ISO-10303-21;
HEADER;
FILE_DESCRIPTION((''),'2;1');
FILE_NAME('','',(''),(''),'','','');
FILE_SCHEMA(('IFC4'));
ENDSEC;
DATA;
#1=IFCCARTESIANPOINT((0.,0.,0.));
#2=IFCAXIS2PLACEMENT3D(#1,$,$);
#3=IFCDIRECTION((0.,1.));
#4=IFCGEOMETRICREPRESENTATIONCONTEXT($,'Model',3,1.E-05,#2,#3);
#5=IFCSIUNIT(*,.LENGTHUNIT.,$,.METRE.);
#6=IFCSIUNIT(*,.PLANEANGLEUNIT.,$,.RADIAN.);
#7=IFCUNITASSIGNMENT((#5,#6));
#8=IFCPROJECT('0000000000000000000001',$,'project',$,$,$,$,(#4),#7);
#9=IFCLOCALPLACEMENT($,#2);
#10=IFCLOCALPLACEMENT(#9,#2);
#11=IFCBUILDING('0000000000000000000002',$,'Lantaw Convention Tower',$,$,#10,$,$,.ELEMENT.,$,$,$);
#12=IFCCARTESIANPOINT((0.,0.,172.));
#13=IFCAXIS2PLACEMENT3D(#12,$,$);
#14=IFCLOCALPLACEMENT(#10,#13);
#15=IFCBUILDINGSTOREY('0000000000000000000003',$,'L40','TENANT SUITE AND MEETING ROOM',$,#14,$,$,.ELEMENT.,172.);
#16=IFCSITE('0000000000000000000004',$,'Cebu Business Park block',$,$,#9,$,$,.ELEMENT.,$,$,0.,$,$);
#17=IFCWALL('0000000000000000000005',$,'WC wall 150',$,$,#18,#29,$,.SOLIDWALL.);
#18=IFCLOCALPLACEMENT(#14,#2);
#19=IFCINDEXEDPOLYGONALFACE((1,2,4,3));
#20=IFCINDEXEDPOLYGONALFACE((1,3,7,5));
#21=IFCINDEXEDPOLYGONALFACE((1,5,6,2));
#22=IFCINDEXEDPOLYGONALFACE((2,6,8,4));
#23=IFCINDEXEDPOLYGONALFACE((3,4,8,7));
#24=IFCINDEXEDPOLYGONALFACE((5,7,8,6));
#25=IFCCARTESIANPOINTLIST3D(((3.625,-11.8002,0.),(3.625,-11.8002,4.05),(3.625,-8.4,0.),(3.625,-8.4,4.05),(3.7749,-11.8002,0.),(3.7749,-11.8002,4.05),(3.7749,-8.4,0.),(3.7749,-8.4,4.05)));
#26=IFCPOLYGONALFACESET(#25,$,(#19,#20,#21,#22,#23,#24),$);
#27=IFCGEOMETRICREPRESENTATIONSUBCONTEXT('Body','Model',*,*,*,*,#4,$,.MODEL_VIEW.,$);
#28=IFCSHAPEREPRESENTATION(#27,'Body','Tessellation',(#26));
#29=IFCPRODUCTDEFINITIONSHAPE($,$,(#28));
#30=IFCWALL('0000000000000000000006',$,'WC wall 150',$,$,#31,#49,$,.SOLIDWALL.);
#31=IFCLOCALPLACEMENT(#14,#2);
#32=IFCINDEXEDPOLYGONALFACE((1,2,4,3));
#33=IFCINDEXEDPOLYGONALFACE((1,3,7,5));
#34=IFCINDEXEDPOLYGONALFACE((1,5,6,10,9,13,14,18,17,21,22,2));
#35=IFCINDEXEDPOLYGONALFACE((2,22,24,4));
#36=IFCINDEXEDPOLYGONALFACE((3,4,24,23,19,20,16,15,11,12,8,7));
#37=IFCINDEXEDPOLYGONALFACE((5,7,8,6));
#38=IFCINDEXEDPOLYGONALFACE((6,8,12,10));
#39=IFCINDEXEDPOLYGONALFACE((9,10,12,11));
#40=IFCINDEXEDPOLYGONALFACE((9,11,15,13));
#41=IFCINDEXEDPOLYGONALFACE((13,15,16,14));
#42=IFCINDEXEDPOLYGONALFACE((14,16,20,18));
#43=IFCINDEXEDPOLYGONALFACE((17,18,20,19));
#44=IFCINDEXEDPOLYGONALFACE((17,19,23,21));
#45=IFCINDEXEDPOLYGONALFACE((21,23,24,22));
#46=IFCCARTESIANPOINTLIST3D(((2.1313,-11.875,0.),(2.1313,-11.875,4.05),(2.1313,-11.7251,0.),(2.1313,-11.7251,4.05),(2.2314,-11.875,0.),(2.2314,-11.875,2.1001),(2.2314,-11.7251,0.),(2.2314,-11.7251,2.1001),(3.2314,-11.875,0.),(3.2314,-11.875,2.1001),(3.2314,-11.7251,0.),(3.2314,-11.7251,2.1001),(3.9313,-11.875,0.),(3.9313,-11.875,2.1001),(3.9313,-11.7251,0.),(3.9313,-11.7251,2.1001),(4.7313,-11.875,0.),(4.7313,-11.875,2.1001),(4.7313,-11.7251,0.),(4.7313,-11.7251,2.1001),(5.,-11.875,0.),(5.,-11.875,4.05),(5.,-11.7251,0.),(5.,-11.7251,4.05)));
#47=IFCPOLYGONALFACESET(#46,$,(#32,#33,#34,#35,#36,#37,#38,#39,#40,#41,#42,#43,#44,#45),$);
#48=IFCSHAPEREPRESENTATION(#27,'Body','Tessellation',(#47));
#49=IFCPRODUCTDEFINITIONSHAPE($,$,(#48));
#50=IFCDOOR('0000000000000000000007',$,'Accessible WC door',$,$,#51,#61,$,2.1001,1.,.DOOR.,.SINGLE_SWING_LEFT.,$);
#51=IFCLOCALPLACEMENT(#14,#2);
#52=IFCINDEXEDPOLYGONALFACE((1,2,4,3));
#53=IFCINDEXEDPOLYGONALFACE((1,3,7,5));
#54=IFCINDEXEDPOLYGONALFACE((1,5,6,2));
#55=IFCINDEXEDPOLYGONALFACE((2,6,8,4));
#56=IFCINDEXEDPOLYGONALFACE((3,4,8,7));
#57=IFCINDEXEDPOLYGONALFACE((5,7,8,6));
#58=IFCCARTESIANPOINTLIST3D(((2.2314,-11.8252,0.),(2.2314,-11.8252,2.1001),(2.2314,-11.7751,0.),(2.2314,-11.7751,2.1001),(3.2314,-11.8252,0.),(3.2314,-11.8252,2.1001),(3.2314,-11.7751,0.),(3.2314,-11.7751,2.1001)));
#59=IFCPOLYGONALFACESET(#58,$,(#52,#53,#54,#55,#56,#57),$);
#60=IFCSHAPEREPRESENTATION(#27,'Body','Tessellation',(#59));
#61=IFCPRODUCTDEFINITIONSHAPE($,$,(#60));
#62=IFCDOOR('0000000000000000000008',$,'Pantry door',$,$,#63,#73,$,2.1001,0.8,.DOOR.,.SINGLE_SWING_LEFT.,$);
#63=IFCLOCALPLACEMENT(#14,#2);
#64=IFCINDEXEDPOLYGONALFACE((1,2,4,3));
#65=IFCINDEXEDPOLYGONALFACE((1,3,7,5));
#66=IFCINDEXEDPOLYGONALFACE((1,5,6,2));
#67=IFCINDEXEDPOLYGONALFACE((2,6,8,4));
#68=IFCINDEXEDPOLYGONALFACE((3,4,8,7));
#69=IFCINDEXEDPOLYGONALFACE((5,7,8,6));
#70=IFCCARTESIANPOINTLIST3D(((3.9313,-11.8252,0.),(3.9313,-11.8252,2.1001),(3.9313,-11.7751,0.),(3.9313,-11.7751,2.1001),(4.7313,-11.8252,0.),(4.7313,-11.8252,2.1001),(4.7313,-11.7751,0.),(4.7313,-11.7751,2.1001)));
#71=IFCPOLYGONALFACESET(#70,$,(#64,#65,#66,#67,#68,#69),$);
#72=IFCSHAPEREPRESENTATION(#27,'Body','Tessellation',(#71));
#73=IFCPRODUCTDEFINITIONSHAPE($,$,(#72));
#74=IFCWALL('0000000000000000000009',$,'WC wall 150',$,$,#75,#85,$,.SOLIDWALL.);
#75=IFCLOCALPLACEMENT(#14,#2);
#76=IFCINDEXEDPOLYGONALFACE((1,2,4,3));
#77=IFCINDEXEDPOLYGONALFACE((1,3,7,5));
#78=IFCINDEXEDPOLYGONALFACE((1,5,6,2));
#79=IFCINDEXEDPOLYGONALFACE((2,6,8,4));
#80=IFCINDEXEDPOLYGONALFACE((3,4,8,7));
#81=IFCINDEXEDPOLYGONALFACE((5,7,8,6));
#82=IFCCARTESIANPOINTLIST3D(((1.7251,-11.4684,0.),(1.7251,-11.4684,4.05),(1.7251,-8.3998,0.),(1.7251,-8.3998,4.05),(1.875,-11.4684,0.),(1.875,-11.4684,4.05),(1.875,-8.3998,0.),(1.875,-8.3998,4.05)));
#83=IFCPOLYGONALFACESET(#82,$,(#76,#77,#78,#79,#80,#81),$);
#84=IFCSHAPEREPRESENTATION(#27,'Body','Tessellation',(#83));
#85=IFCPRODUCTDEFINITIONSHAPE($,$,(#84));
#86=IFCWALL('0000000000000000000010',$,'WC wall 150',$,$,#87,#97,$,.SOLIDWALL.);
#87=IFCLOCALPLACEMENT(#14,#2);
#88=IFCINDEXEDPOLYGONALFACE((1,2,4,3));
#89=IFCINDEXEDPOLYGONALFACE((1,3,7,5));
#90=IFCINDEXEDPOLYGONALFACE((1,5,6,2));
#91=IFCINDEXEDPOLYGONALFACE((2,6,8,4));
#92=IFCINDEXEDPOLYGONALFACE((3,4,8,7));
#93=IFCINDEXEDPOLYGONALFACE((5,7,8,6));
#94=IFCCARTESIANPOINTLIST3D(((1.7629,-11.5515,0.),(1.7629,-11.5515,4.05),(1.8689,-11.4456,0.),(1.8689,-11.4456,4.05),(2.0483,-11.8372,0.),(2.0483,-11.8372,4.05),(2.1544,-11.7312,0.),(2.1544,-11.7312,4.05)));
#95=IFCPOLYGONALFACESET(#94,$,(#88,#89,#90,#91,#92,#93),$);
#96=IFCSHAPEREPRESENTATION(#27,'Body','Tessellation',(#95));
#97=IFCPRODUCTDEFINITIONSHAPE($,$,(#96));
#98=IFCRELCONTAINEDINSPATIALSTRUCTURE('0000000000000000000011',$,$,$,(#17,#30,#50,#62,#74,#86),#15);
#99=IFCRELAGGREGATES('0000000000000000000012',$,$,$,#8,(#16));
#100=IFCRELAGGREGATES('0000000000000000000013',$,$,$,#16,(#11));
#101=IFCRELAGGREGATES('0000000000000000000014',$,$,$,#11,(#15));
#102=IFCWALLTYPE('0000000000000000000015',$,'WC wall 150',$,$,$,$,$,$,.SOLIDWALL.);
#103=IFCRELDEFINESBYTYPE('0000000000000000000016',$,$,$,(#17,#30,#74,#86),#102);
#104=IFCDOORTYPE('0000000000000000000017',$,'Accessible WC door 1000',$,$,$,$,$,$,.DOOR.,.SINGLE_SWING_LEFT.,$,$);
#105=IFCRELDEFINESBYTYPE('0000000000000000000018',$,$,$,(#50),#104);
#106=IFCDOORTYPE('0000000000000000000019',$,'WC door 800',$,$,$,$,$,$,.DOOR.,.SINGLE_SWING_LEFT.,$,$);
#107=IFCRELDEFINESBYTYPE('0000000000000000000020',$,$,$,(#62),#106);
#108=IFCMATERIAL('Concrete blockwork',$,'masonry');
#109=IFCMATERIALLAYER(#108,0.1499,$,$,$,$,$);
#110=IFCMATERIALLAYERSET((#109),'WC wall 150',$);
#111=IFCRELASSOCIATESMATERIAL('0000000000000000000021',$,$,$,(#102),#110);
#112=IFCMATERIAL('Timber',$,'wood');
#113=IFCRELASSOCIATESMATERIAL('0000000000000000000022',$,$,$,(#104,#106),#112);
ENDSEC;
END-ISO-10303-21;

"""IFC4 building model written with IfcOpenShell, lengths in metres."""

from ifc_helpers import new_model, si_unit, direction, frame, frame_2d, origin, place, context, subcontext, project, spatial, rectangle, extrude, material, layer, layer_set, type_object, element, fill, save


model = new_model("IFC4")

# Units and contexts
model_context = context("Model", 3, precision=1e-05, world=origin(), true_north=direction((0.0, 1.0)))
body_context = subcontext(model_context, "Body", "Model", "MODEL_VIEW")
ifc_project = project(units=[si_unit("LENGTHUNIT", "METRE"), si_unit("PLANEANGLEUNIT", "RADIAN")], contexts=[model_context])

# Site, building, storey
site_placement = place(None, origin())
site = spatial("IfcSite", under=ifc_project, at=site_placement, Name="Cebu Business Park block", CompositionType="ELEMENT", RefElevation=0.0)
building_placement = place(site_placement, origin())
building = spatial("IfcBuilding", under=site, at=building_placement, Name="Lantaw Convention Tower", CompositionType="ELEMENT")
storey_placement = place(building_placement, frame((0.0, 0.0, 172.0)))
storey = spatial("IfcBuildingStorey", under=building, at=storey_placement, Name="L40", Description="TENANT SUITE AND MEETING ROOM", CompositionType="ELEMENT", Elevation=172.0)

# Wall
ifc_material_1 = material(Name="Concrete blockwork", Category="masonry")
ifc_layer_1 = layer(ifc_material_1, 0.1499)
ifc_layer_set_1 = layer_set([ifc_layer_1], Name="WC wall 150")
wall_type_1 = type_object("IfcWallType", Name="WC wall 150", PredefinedType="SOLIDWALL", material=ifc_layer_set_1)
for number, where, z_axis, x_axis, name in (
    (1, (3.7, -8.3999, 0.0), (0.0, 0.0, 1.0), (0.0, -1.0, 0.0), "WC wall 150"),
):
    element("IfcWall", number, at=place(storey_placement, frame(where, z_axis=z_axis, x_axis=x_axis)), inside=storey, type_object=wall_type_1, Name=name, PredefinedType="SOLIDWALL", context=body_context, shape_type="SweptSolid", body=[
        extrude(rectangle(XDim=3.4001, YDim=0.1499, at=frame_2d((1.7002, 0.0))), origin(), (0.0, 0.0, 1.0), 4.05),
    ])

# Wall, openings, doors
wall_1_placement = place(storey_placement, frame((2.1313, -11.8, 0.0), z_axis=(0.0, 0.0, 1.0), x_axis=(1.0, 0.0, 0.0)))
wall_1 = element("IfcWall", 2, at=wall_1_placement, inside=storey, type_object=wall_type_1, Name="WC wall 150", PredefinedType="SOLIDWALL", context=body_context, shape_type="SweptSolid", body=[
    extrude(rectangle(XDim=2.8687, YDim=0.1499, at=frame_2d((1.4343, 0.0))), origin(), (0.0, 0.0, 1.0), 4.05),
])
opening_1_placement = place(wall_1_placement, frame((0.1001, 0.0, 0.0)))
opening_1 = element("IfcOpeningElement", 3, at=opening_1_placement, cuts=wall_1, PredefinedType="OPENING", context=body_context, shape_type="SweptSolid", body=[
    extrude(rectangle(XDim=1.0, YDim=2.1001, at=frame_2d((0.5, 1.05))), frame((0.0, 0.085, 0.0), z_axis=(0.0, -1.0, 0.0), x_axis=(1.0, 0.0, 0.0)), (0.0, 0.0, 1.0), 0.1699),
])
opening_2_placement = place(wall_1_placement, frame((1.8, 0.0, 0.0)))
opening_2 = element("IfcOpeningElement", 4, at=opening_2_placement, cuts=wall_1, PredefinedType="OPENING", context=body_context, shape_type="SweptSolid", body=[
    extrude(rectangle(XDim=0.8, YDim=2.1001, at=frame_2d((0.3999, 1.05))), frame((0.0, 0.085, 0.0), z_axis=(0.0, -1.0, 0.0), x_axis=(1.0, 0.0, 0.0)), (0.0, 0.0, 1.0), 0.1699),
])
ifc_material_2 = material(Name="Timber", Category="wood")
door_type_1 = type_object("IfcDoorType", Name="Accessible WC door 1000", OperationType="SINGLE_SWING_LEFT", PredefinedType="DOOR", material=ifc_material_2)
door_1_placement = place(opening_1_placement, origin())
door_1 = element("IfcDoor", 5, at=door_1_placement, inside=storey, type_object=door_type_1, Name="Accessible WC door", OperationType="SINGLE_SWING_LEFT", OverallHeight=2.1001, OverallWidth=1.0, PredefinedType="DOOR", context=body_context, shape_type="SweptSolid", body=[
    extrude(rectangle(XDim=1.0, YDim=2.1001, at=frame_2d((0.5, 1.05))), frame((0.0, 0.0249, 0.0), z_axis=(0.0, -1.0, 0.0), x_axis=(1.0, 0.0, 0.0)), (0.0, 0.0, 1.0), 0.05),
])
fill(opening_1, door_1)
door_type_2 = type_object("IfcDoorType", Name="WC door 800", OperationType="SINGLE_SWING_LEFT", PredefinedType="DOOR", material=ifc_material_2)
door_2_placement = place(opening_2_placement, origin())
door_2 = element("IfcDoor", 6, at=door_2_placement, inside=storey, type_object=door_type_2, Name="Pantry door", OperationType="SINGLE_SWING_LEFT", OverallHeight=2.1001, OverallWidth=0.8, PredefinedType="DOOR", context=body_context, shape_type="SweptSolid", body=[
    extrude(rectangle(XDim=0.8, YDim=2.1001, at=frame_2d((0.3999, 1.05))), frame((0.0, 0.0249, 0.0), z_axis=(0.0, -1.0, 0.0), x_axis=(1.0, 0.0, 0.0)), (0.0, 0.0, 1.0), 0.05),
])
fill(opening_2, door_2)

# Walls
wall_2_placement = place(storey_placement, frame((1.8, -8.3999, 0.0), z_axis=(0.0, 0.0, 1.0), x_axis=(0.0, -1.0, 0.0)))
element("IfcWall", 7, at=wall_2_placement, inside=storey, type_object=wall_type_1, Name="WC wall 150", PredefinedType="SOLIDWALL", context=body_context, shape_type="SweptSolid", body=[
    extrude(rectangle(XDim=3.0686, YDim=0.1499, at=frame_2d((1.5342, 0.0))), origin(), (0.0, 0.0, 1.0), 4.05),
])
wall_3_placement = place(storey_placement, frame((1.8159, -11.4985, 0.0), z_axis=(0.0, 0.0, 1.0), x_axis=(0.706804, -0.707409, 0.0)))
element("IfcWall", 8, at=wall_3_placement, inside=storey, type_object=wall_type_1, Name="WC wall 150", PredefinedType="SOLIDWALL", context=body_context, shape_type="SweptSolid", body=[
    extrude(rectangle(XDim=0.4038, YDim=0.1499, at=frame_2d((0.2019, 0.0))), origin(), (0.0, 0.0, 1.0), 4.05),
])

save(model, "model.ifc")
